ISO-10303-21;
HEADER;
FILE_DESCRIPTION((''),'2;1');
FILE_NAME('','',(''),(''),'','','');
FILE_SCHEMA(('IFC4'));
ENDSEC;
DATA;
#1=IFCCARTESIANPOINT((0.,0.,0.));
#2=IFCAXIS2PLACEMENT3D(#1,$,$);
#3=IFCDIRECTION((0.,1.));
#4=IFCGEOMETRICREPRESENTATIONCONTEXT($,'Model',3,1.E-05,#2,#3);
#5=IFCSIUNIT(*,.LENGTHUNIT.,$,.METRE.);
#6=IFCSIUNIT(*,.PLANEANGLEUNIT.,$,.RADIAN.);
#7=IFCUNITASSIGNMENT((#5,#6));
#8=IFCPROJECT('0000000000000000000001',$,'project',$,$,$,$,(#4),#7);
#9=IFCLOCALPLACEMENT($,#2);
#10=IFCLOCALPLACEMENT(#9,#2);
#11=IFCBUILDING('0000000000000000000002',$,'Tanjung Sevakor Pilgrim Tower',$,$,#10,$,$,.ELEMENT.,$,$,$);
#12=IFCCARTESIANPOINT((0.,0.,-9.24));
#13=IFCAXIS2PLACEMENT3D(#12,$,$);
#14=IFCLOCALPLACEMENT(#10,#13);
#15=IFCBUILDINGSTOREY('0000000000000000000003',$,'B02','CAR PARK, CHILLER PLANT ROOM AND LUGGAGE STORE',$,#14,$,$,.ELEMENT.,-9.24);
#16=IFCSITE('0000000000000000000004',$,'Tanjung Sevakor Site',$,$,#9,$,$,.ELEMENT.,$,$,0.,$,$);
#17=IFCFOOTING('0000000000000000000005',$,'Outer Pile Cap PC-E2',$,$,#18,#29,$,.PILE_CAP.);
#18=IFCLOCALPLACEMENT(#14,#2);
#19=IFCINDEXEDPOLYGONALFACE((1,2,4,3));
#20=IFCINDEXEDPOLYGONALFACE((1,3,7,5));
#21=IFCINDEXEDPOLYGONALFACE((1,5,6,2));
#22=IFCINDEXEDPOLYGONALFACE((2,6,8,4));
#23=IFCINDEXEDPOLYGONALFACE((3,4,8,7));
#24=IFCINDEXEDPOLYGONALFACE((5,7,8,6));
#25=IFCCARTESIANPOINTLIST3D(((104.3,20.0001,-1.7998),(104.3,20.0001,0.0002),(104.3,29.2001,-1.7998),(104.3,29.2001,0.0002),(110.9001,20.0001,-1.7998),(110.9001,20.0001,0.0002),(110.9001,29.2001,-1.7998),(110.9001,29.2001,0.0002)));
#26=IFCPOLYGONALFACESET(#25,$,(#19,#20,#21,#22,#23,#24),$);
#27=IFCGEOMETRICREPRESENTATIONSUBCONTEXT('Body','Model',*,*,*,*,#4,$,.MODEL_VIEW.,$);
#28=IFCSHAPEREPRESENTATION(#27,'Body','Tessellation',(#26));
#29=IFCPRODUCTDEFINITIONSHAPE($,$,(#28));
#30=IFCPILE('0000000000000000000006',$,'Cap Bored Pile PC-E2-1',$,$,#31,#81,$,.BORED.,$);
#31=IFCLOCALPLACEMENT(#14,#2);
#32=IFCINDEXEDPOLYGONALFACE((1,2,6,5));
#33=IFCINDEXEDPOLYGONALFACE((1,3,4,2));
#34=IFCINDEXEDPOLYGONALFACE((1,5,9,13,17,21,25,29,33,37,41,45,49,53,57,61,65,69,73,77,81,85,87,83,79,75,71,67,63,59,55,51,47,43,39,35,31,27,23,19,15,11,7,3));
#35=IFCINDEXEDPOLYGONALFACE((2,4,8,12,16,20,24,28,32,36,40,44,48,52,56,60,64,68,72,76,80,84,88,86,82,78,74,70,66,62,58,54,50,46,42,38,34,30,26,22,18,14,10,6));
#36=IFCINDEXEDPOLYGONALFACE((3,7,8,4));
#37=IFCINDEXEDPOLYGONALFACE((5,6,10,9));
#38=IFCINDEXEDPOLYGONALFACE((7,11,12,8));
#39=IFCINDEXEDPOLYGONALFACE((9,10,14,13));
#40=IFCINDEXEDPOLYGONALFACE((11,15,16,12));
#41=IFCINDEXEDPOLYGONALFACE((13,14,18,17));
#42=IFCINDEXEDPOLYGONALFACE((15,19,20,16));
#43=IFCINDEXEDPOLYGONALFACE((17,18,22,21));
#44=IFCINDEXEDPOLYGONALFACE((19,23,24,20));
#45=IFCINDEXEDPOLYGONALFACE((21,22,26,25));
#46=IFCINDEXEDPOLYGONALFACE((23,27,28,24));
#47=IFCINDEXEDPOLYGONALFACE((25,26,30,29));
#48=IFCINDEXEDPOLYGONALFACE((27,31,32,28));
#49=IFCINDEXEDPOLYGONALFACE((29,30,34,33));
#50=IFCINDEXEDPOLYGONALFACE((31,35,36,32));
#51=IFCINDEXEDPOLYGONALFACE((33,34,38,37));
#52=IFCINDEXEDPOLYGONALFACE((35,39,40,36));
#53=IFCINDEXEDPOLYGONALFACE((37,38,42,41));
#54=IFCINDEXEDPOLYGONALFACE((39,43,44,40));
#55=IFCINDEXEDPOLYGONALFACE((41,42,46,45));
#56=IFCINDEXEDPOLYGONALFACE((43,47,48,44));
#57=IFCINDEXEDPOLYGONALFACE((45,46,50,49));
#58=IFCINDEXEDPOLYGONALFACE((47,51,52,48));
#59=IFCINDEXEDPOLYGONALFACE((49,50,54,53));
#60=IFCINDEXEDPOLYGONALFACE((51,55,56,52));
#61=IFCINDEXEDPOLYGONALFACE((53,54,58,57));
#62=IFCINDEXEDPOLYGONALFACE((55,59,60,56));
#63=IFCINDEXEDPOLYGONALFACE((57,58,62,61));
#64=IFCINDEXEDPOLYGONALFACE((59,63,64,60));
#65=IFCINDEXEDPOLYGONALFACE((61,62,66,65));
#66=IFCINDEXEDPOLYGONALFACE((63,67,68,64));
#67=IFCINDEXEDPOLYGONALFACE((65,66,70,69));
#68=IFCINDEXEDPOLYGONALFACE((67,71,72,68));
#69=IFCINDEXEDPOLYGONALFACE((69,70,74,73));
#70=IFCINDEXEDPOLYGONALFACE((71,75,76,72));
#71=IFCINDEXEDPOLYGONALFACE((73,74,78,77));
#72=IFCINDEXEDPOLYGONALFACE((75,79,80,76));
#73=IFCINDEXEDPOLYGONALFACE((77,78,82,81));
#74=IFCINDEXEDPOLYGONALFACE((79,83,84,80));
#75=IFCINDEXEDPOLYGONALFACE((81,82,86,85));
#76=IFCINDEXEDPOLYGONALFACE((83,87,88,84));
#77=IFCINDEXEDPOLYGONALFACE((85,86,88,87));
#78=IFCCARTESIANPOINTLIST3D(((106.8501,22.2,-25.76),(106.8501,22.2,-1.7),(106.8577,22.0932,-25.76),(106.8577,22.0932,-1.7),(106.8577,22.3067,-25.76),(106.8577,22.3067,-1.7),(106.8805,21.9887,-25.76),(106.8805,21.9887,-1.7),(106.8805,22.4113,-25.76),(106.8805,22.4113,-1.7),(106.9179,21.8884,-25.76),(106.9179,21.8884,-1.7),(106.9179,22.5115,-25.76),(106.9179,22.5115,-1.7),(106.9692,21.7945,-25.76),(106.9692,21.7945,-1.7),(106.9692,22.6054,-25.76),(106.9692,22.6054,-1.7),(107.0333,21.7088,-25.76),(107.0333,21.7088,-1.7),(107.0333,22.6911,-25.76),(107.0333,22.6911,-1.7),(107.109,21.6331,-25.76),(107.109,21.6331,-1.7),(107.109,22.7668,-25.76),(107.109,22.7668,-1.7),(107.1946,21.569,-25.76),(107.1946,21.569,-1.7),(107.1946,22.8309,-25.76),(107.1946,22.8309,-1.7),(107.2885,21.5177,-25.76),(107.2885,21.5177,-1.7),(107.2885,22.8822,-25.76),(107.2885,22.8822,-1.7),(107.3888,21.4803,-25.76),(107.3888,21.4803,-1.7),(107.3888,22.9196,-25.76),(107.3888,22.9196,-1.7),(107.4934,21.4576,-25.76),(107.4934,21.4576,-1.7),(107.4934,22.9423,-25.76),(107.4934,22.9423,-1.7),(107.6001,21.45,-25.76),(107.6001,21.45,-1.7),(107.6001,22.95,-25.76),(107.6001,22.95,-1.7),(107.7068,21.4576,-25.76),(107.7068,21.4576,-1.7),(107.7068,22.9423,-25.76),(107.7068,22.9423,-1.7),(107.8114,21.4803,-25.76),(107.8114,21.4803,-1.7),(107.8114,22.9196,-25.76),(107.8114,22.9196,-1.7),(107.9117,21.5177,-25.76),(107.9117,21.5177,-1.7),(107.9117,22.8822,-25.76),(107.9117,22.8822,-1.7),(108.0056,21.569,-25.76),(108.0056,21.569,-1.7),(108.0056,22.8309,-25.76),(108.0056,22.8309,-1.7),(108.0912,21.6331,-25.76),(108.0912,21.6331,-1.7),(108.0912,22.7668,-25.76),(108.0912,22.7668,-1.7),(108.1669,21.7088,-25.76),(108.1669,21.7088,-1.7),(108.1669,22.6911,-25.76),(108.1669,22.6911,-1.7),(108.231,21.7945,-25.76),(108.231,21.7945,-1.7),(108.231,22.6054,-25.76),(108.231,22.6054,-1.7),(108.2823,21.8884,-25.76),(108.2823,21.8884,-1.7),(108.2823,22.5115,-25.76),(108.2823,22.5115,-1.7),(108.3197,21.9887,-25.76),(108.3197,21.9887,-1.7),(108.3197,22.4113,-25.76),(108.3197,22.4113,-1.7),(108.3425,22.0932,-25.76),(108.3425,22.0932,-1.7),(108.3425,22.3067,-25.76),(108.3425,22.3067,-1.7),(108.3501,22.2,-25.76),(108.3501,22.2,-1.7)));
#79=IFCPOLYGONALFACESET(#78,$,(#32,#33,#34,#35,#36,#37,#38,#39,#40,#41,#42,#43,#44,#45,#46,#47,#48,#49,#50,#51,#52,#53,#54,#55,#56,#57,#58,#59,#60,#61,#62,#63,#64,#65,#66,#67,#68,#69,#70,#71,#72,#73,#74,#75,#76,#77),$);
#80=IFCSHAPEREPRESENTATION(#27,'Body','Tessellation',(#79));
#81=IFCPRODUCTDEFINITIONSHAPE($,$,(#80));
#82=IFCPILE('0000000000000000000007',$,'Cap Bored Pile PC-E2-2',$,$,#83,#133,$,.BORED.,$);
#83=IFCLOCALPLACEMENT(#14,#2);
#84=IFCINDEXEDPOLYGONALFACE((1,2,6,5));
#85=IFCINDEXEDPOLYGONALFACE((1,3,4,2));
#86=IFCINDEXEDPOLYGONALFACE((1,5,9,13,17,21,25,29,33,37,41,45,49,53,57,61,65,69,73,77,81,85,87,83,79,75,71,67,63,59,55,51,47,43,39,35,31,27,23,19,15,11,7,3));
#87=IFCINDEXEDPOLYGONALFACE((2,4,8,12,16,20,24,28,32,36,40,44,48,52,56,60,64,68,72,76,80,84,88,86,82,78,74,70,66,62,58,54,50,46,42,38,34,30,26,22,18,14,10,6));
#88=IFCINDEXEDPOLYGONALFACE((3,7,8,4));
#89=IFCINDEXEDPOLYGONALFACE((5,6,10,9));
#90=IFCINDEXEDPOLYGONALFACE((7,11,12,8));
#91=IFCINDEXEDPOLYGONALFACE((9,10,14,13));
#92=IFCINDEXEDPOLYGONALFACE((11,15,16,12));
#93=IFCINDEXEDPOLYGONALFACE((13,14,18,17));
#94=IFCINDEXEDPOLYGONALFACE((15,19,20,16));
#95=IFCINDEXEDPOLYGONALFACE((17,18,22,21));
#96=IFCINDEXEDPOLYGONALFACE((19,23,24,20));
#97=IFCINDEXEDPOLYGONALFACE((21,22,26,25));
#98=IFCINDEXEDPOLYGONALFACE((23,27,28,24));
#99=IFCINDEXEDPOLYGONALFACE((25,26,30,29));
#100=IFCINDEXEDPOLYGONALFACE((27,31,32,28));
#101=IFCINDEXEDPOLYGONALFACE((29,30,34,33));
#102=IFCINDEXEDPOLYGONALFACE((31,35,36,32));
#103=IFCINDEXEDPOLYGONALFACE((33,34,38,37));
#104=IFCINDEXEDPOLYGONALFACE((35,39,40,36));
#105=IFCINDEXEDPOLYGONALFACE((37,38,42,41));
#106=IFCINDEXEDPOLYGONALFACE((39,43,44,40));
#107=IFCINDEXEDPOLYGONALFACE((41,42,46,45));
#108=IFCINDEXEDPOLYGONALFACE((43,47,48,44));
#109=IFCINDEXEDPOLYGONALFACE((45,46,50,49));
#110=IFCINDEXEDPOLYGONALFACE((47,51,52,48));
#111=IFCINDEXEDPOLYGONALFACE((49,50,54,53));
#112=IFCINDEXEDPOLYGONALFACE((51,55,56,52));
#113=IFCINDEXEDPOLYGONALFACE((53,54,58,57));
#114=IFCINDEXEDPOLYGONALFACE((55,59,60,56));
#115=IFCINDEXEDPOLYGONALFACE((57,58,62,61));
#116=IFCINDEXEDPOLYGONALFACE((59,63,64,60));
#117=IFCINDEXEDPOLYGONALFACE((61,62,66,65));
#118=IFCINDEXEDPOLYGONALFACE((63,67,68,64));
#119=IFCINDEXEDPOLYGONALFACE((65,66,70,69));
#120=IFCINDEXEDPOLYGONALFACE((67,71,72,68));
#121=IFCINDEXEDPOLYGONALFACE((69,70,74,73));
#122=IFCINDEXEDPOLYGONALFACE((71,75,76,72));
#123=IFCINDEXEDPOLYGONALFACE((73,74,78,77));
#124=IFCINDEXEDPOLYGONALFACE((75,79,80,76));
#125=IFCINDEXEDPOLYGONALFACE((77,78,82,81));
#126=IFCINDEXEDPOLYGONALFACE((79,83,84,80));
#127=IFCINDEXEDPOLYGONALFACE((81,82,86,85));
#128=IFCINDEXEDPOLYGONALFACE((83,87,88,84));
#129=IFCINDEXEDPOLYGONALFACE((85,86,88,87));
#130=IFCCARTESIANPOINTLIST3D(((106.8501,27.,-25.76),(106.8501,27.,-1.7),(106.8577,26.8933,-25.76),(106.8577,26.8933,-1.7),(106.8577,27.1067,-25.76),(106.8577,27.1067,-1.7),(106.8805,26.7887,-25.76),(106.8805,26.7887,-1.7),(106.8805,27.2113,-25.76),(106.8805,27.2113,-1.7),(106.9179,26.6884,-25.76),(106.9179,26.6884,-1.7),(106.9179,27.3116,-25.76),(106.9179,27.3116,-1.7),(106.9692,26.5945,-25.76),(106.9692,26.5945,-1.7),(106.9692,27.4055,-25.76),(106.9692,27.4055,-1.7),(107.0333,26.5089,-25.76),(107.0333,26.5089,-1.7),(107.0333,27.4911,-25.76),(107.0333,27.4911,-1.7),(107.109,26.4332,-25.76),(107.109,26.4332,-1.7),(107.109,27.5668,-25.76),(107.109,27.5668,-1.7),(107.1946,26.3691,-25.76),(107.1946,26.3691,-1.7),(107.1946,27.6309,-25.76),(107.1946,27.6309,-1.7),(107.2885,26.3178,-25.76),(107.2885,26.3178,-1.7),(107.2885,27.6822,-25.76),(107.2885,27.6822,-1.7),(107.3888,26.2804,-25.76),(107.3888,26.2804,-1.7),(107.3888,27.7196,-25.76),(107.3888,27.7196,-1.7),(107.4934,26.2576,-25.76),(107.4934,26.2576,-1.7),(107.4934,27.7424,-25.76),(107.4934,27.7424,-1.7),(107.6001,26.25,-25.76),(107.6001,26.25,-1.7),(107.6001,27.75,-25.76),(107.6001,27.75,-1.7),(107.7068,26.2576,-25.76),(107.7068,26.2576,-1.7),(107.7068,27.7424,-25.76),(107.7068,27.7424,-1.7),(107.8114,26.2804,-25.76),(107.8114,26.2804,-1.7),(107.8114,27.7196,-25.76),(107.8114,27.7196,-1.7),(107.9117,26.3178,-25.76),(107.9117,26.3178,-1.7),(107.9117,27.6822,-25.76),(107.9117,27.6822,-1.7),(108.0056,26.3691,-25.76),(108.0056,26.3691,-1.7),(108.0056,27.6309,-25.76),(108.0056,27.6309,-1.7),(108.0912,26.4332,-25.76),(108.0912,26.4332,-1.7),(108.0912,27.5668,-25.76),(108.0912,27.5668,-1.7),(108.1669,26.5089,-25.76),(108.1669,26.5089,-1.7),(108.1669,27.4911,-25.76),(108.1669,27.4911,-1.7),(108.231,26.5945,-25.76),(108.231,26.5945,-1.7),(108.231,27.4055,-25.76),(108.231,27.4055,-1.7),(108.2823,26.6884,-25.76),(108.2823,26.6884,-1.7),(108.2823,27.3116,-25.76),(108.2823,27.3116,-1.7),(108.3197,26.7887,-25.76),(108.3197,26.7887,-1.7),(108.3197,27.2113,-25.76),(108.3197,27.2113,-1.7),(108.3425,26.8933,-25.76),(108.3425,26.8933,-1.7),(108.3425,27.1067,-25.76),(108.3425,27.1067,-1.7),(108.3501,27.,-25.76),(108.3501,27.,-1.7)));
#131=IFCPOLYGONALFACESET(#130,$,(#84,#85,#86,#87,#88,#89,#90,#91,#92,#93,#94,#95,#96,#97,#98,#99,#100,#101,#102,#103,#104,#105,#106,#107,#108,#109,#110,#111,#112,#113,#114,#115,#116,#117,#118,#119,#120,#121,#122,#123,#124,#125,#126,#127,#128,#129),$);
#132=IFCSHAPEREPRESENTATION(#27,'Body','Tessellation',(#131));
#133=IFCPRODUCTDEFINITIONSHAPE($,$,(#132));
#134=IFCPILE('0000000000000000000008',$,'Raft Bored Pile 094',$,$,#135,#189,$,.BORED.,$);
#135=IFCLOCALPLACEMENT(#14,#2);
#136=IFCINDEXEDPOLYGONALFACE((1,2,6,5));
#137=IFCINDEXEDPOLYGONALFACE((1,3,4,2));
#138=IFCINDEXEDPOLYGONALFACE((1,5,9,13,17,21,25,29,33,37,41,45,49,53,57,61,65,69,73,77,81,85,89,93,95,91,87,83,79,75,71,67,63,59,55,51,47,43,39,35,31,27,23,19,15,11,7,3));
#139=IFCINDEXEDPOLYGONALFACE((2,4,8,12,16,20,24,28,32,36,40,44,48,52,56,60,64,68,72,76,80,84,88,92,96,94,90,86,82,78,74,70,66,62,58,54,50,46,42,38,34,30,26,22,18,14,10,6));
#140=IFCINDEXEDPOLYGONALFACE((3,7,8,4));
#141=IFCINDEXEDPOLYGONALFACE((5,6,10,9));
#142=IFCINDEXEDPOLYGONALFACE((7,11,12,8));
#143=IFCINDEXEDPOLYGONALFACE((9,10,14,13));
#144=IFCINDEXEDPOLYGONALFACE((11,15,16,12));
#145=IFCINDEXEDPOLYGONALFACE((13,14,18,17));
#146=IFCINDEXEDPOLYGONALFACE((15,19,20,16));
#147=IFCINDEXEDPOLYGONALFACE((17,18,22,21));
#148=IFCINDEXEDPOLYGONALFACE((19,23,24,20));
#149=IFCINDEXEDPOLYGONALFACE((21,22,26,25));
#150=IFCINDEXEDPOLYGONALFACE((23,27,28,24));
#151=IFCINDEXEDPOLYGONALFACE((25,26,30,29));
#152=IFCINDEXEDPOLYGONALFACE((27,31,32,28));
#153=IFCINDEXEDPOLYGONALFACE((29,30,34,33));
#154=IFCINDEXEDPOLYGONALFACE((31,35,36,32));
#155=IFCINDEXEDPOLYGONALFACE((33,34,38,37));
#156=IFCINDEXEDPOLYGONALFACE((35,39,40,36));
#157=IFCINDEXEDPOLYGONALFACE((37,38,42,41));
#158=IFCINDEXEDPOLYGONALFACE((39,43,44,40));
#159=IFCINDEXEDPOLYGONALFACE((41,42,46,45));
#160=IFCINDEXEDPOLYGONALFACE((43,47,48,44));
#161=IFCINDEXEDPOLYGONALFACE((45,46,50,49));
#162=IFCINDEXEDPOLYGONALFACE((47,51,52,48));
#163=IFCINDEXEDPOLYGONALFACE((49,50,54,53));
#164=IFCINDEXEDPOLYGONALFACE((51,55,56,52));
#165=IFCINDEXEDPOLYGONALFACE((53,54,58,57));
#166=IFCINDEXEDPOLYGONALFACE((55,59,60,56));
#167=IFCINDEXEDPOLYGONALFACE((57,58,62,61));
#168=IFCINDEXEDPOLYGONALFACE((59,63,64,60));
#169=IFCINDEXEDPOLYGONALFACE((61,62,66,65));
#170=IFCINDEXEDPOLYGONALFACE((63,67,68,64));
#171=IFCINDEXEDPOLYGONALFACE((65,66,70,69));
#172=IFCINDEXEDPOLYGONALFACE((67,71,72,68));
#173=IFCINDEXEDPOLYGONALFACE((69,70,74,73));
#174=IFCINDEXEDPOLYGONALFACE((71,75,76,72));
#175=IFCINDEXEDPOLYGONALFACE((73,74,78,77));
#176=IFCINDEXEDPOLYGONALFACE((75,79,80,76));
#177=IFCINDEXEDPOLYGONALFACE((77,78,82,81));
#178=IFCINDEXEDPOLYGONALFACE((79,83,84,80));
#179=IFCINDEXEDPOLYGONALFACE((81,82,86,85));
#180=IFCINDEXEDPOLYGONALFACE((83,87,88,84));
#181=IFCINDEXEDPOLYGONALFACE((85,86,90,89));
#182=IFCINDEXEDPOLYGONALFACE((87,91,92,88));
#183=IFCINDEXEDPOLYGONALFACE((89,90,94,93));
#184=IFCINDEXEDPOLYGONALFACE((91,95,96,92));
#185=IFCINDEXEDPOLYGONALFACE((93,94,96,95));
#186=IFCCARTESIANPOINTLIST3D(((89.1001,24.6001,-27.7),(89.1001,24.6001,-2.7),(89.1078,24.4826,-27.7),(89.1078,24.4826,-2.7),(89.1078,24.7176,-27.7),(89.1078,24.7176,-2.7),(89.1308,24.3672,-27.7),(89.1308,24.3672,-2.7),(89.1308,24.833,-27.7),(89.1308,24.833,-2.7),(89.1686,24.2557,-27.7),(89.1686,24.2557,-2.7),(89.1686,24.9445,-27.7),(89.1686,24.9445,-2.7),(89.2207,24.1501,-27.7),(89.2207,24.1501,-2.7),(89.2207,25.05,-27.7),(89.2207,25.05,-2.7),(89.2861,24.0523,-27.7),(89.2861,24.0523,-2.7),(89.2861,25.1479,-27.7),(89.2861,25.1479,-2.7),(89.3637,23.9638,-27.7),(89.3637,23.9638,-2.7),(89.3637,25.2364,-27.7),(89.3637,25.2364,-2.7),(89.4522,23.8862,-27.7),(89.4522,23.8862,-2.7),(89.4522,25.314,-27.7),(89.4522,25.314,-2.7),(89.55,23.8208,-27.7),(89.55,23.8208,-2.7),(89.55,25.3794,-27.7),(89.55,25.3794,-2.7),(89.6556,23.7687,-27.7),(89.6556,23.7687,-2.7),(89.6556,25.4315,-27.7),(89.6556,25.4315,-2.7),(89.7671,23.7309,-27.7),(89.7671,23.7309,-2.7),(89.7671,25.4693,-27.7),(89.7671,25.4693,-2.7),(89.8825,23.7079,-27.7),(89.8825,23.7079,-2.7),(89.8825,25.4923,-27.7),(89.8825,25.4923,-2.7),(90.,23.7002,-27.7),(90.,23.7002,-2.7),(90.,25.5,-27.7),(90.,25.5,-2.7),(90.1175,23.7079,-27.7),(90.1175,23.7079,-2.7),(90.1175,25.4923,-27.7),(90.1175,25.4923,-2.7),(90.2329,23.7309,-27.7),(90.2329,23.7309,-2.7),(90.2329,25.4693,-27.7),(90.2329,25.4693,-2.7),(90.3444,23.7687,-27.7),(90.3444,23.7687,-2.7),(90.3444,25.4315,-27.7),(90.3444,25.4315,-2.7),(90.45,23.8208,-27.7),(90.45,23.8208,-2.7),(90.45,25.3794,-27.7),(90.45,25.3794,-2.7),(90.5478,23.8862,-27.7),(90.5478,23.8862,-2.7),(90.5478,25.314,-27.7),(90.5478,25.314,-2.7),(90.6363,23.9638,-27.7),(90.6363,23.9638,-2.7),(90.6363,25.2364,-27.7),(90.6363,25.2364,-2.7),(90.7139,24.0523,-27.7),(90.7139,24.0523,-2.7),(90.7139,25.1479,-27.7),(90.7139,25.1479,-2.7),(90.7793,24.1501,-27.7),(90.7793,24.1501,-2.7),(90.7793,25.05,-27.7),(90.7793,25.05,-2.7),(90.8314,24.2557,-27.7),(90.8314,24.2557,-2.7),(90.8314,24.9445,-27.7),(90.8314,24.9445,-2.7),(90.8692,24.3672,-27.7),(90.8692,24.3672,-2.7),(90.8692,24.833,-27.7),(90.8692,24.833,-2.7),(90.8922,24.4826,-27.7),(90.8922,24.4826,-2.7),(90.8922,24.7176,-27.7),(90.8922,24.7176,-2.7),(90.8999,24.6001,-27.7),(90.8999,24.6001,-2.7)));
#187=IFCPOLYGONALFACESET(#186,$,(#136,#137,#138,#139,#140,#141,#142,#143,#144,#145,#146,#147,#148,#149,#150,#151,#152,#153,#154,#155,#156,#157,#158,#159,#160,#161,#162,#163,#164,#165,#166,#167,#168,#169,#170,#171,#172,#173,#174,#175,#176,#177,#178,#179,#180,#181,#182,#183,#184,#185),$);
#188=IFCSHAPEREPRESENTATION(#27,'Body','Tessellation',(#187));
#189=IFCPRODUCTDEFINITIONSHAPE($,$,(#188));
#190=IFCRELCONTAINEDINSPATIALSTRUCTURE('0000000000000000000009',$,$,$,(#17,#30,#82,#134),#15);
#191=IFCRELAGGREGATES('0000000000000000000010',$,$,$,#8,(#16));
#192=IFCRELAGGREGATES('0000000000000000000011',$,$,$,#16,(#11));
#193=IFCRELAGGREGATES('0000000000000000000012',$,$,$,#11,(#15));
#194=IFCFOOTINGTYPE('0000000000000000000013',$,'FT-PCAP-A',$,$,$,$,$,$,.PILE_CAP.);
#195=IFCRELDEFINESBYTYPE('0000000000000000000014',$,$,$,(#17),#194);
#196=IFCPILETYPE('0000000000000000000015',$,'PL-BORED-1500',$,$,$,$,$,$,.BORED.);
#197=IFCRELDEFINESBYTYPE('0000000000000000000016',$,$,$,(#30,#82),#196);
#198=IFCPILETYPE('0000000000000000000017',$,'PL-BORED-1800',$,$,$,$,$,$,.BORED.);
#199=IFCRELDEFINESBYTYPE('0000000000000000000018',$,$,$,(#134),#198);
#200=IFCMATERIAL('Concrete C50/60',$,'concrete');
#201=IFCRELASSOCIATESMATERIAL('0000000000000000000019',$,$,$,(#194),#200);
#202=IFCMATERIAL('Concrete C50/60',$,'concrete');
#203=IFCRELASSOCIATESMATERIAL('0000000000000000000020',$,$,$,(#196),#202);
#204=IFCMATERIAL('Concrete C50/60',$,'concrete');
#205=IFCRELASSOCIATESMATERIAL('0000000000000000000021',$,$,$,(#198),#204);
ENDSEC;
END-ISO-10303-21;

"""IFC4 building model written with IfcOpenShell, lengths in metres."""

from ifc_helpers import new_model, si_unit, direction, frame, origin, origin_2d, place, context, subcontext, project, spatial, rectangle, circle, extrude, material, material_profile, profile_set, type_object, element, save


model = new_model("IFC4")

# Units and contexts
model_context = context("Model", 3, precision=1e-05, world=origin(), true_north=direction((0.0, 1.0)))
body_context = subcontext(model_context, "Body", "Model", "MODEL_VIEW")
ifc_project = project(units=[si_unit("LENGTHUNIT", "METRE"), si_unit("PLANEANGLEUNIT", "RADIAN")], contexts=[model_context])

# Site, building, storey
site_placement = place(None, origin())
site = spatial("IfcSite", under=ifc_project, at=site_placement, Name="Tanjung Sevakor Site", CompositionType="ELEMENT", RefElevation=0.0)
building_placement = place(site_placement, origin())
building = spatial("IfcBuilding", under=site, at=building_placement, Name="Tanjung Sevakor Pilgrim Tower", CompositionType="ELEMENT")
storey_placement = place(building_placement, frame((0.0, 0.0, -9.24)))
storey = spatial("IfcBuildingStorey", under=building, at=storey_placement, Name="B02", Description="CAR PARK, CHILLER PLANT ROOM AND LUGGAGE STORE", CompositionType="ELEMENT", Elevation=-9.24)

# Footing
ifc_material_1 = material(Name="Concrete C50/60", Category="concrete")
footing_type = type_object("IfcFootingType", Name="FT-PCAP-A", PredefinedType="PILE_CAP", material=ifc_material_1)
footing_placement = place(storey_placement, frame((107.6001, 24.6001, -1.7998), z_axis=(0.0, 0.0, 1.0), x_axis=(1.0, 0.0, 0.0)))
element("IfcFooting", 1, at=footing_placement, inside=storey, type_object=footing_type, Name="Outer Pile Cap PC-E2", PredefinedType="PILE_CAP", context=body_context, shape_type="SweptSolid", body=[
    extrude(rectangle(XDim=6.6001, YDim=9.2, at=origin_2d()), origin(), (0.0, 0.0, 1.0), 1.8),
])

# Piles
ifc_material_2 = material(Name="Concrete C50/60", Category="concrete")
ifc_material_profile_1 = material_profile(ifc_material_2, circle(Radius=0.75, at=origin_2d()))
ifc_profile_set_1 = profile_set([ifc_material_profile_1], Name="Concrete C50/60")
pile_type_1 = type_object("IfcPileType", Name="PL-BORED-1500", PredefinedType="BORED", material=ifc_profile_set_1)
for number, where, z_axis, x_axis, name in (
    (2, (107.6001, 22.2, -1.7), (0.0, 0.0, -1.0), (1.0, 0.0, 0.0), "Cap Bored Pile PC-E2-1"),
    (3, (107.6001, 27.0, -1.7), (0.0, 0.0, -1.0), (1.0, 0.0, 0.0), "Cap Bored Pile PC-E2-2"),
):
    element("IfcPile", number, at=place(storey_placement, frame(where, z_axis=z_axis, x_axis=x_axis)), inside=storey, type_object=pile_type_1, Name=name, PredefinedType="BORED", context=body_context, shape_type="SweptSolid", body=[
        extrude(circle(Radius=0.75, at=origin_2d()), origin(), (0.0, 0.0, 1.0), 24.0601),
    ])
ifc_material_3 = material(Name="Concrete C50/60", Category="concrete")
ifc_material_profile_2 = material_profile(ifc_material_3, circle(Radius=0.8999, at=origin_2d()))
ifc_profile_set_2 = profile_set([ifc_material_profile_2], Name="Concrete C50/60")
pile_type_2 = type_object("IfcPileType", Name="PL-BORED-1800", PredefinedType="BORED", material=ifc_profile_set_2)
for number, where, z_axis, x_axis, name in (
    (4, (90.0, 24.6001, -2.7), (0.0, 0.0, -1.0), (1.0, 0.0, 0.0), "Raft Bored Pile 094"),
):
    element("IfcPile", number, at=place(storey_placement, frame(where, z_axis=z_axis, x_axis=x_axis)), inside=storey, type_object=pile_type_2, Name=name, PredefinedType="BORED", context=body_context, shape_type="SweptSolid", body=[
        extrude(circle(Radius=0.8999, at=origin_2d()), origin(), (0.0, 0.0, 1.0), 25.0),
    ])

save(model, "model.ifc")
